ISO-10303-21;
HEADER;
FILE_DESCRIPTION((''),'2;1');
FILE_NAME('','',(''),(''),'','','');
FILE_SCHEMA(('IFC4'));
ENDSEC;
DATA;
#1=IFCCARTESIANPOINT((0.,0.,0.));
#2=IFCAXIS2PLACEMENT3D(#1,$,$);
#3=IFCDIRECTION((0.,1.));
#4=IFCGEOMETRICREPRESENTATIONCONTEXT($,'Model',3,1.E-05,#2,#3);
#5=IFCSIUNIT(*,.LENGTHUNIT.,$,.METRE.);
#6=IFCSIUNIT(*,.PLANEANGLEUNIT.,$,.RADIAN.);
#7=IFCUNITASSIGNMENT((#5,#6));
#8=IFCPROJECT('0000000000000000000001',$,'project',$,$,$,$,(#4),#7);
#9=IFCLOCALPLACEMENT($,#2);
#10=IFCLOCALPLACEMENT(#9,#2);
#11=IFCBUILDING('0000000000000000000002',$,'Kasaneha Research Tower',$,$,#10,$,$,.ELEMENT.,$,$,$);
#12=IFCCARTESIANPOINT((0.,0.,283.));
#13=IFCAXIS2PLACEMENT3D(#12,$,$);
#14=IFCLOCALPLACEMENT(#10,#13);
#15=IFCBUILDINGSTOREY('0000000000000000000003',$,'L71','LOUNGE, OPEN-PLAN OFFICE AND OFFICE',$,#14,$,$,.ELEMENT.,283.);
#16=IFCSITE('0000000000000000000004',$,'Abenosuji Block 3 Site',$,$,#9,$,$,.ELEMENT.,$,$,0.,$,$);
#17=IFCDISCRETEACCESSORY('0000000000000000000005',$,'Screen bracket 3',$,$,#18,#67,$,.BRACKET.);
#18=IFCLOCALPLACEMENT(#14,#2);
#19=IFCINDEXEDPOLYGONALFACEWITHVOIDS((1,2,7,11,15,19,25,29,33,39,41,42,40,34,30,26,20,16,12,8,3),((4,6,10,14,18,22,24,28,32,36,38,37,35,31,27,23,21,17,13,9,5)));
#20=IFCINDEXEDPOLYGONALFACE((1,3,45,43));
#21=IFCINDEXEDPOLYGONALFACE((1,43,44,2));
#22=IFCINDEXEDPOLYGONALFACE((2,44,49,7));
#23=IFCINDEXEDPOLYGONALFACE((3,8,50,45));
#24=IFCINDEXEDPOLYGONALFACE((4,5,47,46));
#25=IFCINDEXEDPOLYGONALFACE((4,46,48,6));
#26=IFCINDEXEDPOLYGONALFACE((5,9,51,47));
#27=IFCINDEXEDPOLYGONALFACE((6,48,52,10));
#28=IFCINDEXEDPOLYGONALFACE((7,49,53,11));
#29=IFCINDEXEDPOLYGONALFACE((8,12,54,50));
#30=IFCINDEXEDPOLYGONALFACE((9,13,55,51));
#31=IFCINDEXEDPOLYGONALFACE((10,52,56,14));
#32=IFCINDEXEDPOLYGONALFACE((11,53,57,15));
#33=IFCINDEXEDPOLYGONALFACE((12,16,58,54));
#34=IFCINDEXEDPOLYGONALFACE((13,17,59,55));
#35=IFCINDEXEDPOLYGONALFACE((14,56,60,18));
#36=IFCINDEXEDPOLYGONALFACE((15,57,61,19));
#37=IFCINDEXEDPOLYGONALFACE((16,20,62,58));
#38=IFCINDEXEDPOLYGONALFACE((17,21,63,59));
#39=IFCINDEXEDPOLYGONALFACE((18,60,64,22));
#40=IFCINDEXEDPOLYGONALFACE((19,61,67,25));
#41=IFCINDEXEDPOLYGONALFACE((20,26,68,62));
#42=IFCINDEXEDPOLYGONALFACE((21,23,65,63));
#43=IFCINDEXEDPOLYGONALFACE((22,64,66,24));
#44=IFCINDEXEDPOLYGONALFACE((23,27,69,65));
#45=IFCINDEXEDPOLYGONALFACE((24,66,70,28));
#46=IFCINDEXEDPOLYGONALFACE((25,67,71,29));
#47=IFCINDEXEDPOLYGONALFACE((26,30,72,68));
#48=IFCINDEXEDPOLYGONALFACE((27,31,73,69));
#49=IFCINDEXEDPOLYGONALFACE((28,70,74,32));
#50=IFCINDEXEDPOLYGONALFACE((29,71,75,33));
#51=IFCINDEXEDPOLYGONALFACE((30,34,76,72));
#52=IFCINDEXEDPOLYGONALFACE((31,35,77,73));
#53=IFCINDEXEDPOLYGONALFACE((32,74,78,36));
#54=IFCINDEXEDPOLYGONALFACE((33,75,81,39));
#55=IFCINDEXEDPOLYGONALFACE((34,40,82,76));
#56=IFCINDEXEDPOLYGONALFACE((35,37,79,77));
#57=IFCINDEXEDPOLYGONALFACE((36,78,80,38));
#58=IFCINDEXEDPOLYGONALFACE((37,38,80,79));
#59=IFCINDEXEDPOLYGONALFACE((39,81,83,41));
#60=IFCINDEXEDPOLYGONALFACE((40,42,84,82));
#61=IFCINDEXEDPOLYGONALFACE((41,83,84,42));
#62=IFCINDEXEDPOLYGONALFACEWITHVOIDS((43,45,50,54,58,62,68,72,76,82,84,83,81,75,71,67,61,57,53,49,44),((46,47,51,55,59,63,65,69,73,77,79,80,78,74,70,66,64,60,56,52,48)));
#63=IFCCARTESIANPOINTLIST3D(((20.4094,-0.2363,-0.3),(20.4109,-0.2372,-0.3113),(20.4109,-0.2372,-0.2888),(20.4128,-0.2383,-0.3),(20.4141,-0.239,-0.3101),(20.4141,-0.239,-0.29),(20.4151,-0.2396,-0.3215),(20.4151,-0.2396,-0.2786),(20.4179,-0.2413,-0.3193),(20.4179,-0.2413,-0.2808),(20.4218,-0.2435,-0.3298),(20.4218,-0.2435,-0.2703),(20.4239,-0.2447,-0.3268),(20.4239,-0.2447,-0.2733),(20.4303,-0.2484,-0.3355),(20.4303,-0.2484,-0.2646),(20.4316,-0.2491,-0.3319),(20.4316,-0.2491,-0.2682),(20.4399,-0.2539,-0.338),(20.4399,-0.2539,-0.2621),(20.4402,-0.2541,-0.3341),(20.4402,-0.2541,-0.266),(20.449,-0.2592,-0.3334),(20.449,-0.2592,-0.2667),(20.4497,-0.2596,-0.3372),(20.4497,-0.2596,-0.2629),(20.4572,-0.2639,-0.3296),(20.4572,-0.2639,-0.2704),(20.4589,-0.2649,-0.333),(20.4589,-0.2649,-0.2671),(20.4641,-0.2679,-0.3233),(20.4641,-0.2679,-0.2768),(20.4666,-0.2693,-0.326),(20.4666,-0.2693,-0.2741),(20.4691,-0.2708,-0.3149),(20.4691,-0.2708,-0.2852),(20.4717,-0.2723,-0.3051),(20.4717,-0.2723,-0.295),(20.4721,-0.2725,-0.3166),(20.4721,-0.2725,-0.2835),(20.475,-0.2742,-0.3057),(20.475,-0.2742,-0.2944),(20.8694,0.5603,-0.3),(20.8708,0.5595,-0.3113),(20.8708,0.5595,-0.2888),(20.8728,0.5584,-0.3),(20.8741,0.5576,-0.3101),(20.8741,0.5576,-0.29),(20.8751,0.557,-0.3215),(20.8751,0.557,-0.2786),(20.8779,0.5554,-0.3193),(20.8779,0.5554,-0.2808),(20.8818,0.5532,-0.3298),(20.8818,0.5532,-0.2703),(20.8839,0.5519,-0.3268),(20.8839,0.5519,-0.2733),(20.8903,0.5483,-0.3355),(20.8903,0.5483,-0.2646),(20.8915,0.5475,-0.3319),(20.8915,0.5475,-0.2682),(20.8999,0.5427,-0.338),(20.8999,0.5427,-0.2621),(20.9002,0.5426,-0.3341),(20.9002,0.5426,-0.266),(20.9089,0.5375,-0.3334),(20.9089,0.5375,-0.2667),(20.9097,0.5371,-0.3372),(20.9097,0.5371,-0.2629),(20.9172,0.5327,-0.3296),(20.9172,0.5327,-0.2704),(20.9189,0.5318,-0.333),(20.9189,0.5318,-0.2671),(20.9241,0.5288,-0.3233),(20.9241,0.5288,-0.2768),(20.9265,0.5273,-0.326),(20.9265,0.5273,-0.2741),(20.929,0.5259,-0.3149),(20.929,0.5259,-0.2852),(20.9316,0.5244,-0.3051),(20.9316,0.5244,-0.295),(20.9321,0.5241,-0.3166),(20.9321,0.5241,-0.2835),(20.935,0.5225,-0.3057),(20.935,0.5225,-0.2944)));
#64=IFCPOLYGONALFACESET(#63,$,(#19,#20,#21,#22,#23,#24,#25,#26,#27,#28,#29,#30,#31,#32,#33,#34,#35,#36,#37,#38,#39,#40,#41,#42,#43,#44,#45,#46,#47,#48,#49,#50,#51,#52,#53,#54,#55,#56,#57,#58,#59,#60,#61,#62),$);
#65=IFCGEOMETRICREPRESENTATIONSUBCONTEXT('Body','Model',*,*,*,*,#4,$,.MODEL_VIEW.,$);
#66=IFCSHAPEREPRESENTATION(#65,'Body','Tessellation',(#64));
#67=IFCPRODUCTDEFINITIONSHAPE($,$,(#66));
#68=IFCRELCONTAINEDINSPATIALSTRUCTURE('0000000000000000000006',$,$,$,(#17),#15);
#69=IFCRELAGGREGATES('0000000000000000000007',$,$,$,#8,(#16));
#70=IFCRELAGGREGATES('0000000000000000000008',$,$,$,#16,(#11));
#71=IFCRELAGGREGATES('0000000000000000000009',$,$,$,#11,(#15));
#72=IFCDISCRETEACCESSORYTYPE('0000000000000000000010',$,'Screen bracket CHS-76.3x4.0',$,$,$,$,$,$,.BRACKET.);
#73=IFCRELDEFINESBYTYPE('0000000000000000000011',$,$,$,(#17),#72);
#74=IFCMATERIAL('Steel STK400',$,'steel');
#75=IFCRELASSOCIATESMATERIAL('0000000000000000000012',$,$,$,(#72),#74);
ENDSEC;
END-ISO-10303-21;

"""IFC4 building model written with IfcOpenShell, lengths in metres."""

from ifc_helpers import new_model, si_unit, direction, frame, origin, origin_2d, place, context, subcontext, project, spatial, hollow_circle, extrude, material, material_profile, profile_set, type_object, element, save


model = new_model("IFC4")

# Units and contexts
model_context = context("Model", 3, precision=1e-05, world=origin(), true_north=direction((0.0, 1.0)))
body_context = subcontext(model_context, "Body", "Model", "MODEL_VIEW")
ifc_project = project(units=[si_unit("LENGTHUNIT", "METRE"), si_unit("PLANEANGLEUNIT", "RADIAN")], contexts=[model_context])

# Site, building, storey
site_placement = place(None, origin())
site = spatial("IfcSite", under=ifc_project, at=site_placement, Name="Abenosuji Block 3 Site", CompositionType="ELEMENT", RefElevation=0.0)
building_placement = place(site_placement, origin())
building = spatial("IfcBuilding", under=site, at=building_placement, Name="Kasaneha Research Tower", CompositionType="ELEMENT")
storey_placement = place(building_placement, frame((0.0, 0.0, 283.0)))
storey = spatial("IfcBuildingStorey", under=building, at=storey_placement, Name="L71", Description="LOUNGE, OPEN-PLAN OFFICE AND OFFICE", CompositionType="ELEMENT", Elevation=283.0)

# Discrete accessory
ifc_material_1 = material(Name="Steel STK400", Category="steel")
ifc_material_profile_1 = material_profile(ifc_material_1, hollow_circle(Radius=0.0381, WallThickness=0.0039, at=origin_2d()), Name="CHS-76.3x4.0")
ifc_profile_set_1 = profile_set([ifc_material_profile_1], Name="Steel STK400")
discrete_accessory_type = type_object("IfcDiscreteAccessoryType", Name="Screen bracket CHS-76.3x4.0", PredefinedType="BRACKET", material=ifc_profile_set_1)
for number, where, z_axis, x_axis, name in (
    (1, (20.4424, -0.2554, -0.3), (0.500021, 0.866013, 0.0), (-0.866013, 0.500021, 0.0), "Screen bracket 3"),
):
    element("IfcDiscreteAccessory", number, at=place(storey_placement, frame(where, z_axis=z_axis, x_axis=x_axis)), inside=storey, type_object=discrete_accessory_type, Name=name, PredefinedType="BRACKET", context=body_context, shape_type="SweptSolid", body=[
        extrude(hollow_circle(Radius=0.0381, WallThickness=0.0039, at=origin_2d()), origin(), (0.0, 0.0, 1.0), 0.9199),
    ])

save(model, "model.ifc")
